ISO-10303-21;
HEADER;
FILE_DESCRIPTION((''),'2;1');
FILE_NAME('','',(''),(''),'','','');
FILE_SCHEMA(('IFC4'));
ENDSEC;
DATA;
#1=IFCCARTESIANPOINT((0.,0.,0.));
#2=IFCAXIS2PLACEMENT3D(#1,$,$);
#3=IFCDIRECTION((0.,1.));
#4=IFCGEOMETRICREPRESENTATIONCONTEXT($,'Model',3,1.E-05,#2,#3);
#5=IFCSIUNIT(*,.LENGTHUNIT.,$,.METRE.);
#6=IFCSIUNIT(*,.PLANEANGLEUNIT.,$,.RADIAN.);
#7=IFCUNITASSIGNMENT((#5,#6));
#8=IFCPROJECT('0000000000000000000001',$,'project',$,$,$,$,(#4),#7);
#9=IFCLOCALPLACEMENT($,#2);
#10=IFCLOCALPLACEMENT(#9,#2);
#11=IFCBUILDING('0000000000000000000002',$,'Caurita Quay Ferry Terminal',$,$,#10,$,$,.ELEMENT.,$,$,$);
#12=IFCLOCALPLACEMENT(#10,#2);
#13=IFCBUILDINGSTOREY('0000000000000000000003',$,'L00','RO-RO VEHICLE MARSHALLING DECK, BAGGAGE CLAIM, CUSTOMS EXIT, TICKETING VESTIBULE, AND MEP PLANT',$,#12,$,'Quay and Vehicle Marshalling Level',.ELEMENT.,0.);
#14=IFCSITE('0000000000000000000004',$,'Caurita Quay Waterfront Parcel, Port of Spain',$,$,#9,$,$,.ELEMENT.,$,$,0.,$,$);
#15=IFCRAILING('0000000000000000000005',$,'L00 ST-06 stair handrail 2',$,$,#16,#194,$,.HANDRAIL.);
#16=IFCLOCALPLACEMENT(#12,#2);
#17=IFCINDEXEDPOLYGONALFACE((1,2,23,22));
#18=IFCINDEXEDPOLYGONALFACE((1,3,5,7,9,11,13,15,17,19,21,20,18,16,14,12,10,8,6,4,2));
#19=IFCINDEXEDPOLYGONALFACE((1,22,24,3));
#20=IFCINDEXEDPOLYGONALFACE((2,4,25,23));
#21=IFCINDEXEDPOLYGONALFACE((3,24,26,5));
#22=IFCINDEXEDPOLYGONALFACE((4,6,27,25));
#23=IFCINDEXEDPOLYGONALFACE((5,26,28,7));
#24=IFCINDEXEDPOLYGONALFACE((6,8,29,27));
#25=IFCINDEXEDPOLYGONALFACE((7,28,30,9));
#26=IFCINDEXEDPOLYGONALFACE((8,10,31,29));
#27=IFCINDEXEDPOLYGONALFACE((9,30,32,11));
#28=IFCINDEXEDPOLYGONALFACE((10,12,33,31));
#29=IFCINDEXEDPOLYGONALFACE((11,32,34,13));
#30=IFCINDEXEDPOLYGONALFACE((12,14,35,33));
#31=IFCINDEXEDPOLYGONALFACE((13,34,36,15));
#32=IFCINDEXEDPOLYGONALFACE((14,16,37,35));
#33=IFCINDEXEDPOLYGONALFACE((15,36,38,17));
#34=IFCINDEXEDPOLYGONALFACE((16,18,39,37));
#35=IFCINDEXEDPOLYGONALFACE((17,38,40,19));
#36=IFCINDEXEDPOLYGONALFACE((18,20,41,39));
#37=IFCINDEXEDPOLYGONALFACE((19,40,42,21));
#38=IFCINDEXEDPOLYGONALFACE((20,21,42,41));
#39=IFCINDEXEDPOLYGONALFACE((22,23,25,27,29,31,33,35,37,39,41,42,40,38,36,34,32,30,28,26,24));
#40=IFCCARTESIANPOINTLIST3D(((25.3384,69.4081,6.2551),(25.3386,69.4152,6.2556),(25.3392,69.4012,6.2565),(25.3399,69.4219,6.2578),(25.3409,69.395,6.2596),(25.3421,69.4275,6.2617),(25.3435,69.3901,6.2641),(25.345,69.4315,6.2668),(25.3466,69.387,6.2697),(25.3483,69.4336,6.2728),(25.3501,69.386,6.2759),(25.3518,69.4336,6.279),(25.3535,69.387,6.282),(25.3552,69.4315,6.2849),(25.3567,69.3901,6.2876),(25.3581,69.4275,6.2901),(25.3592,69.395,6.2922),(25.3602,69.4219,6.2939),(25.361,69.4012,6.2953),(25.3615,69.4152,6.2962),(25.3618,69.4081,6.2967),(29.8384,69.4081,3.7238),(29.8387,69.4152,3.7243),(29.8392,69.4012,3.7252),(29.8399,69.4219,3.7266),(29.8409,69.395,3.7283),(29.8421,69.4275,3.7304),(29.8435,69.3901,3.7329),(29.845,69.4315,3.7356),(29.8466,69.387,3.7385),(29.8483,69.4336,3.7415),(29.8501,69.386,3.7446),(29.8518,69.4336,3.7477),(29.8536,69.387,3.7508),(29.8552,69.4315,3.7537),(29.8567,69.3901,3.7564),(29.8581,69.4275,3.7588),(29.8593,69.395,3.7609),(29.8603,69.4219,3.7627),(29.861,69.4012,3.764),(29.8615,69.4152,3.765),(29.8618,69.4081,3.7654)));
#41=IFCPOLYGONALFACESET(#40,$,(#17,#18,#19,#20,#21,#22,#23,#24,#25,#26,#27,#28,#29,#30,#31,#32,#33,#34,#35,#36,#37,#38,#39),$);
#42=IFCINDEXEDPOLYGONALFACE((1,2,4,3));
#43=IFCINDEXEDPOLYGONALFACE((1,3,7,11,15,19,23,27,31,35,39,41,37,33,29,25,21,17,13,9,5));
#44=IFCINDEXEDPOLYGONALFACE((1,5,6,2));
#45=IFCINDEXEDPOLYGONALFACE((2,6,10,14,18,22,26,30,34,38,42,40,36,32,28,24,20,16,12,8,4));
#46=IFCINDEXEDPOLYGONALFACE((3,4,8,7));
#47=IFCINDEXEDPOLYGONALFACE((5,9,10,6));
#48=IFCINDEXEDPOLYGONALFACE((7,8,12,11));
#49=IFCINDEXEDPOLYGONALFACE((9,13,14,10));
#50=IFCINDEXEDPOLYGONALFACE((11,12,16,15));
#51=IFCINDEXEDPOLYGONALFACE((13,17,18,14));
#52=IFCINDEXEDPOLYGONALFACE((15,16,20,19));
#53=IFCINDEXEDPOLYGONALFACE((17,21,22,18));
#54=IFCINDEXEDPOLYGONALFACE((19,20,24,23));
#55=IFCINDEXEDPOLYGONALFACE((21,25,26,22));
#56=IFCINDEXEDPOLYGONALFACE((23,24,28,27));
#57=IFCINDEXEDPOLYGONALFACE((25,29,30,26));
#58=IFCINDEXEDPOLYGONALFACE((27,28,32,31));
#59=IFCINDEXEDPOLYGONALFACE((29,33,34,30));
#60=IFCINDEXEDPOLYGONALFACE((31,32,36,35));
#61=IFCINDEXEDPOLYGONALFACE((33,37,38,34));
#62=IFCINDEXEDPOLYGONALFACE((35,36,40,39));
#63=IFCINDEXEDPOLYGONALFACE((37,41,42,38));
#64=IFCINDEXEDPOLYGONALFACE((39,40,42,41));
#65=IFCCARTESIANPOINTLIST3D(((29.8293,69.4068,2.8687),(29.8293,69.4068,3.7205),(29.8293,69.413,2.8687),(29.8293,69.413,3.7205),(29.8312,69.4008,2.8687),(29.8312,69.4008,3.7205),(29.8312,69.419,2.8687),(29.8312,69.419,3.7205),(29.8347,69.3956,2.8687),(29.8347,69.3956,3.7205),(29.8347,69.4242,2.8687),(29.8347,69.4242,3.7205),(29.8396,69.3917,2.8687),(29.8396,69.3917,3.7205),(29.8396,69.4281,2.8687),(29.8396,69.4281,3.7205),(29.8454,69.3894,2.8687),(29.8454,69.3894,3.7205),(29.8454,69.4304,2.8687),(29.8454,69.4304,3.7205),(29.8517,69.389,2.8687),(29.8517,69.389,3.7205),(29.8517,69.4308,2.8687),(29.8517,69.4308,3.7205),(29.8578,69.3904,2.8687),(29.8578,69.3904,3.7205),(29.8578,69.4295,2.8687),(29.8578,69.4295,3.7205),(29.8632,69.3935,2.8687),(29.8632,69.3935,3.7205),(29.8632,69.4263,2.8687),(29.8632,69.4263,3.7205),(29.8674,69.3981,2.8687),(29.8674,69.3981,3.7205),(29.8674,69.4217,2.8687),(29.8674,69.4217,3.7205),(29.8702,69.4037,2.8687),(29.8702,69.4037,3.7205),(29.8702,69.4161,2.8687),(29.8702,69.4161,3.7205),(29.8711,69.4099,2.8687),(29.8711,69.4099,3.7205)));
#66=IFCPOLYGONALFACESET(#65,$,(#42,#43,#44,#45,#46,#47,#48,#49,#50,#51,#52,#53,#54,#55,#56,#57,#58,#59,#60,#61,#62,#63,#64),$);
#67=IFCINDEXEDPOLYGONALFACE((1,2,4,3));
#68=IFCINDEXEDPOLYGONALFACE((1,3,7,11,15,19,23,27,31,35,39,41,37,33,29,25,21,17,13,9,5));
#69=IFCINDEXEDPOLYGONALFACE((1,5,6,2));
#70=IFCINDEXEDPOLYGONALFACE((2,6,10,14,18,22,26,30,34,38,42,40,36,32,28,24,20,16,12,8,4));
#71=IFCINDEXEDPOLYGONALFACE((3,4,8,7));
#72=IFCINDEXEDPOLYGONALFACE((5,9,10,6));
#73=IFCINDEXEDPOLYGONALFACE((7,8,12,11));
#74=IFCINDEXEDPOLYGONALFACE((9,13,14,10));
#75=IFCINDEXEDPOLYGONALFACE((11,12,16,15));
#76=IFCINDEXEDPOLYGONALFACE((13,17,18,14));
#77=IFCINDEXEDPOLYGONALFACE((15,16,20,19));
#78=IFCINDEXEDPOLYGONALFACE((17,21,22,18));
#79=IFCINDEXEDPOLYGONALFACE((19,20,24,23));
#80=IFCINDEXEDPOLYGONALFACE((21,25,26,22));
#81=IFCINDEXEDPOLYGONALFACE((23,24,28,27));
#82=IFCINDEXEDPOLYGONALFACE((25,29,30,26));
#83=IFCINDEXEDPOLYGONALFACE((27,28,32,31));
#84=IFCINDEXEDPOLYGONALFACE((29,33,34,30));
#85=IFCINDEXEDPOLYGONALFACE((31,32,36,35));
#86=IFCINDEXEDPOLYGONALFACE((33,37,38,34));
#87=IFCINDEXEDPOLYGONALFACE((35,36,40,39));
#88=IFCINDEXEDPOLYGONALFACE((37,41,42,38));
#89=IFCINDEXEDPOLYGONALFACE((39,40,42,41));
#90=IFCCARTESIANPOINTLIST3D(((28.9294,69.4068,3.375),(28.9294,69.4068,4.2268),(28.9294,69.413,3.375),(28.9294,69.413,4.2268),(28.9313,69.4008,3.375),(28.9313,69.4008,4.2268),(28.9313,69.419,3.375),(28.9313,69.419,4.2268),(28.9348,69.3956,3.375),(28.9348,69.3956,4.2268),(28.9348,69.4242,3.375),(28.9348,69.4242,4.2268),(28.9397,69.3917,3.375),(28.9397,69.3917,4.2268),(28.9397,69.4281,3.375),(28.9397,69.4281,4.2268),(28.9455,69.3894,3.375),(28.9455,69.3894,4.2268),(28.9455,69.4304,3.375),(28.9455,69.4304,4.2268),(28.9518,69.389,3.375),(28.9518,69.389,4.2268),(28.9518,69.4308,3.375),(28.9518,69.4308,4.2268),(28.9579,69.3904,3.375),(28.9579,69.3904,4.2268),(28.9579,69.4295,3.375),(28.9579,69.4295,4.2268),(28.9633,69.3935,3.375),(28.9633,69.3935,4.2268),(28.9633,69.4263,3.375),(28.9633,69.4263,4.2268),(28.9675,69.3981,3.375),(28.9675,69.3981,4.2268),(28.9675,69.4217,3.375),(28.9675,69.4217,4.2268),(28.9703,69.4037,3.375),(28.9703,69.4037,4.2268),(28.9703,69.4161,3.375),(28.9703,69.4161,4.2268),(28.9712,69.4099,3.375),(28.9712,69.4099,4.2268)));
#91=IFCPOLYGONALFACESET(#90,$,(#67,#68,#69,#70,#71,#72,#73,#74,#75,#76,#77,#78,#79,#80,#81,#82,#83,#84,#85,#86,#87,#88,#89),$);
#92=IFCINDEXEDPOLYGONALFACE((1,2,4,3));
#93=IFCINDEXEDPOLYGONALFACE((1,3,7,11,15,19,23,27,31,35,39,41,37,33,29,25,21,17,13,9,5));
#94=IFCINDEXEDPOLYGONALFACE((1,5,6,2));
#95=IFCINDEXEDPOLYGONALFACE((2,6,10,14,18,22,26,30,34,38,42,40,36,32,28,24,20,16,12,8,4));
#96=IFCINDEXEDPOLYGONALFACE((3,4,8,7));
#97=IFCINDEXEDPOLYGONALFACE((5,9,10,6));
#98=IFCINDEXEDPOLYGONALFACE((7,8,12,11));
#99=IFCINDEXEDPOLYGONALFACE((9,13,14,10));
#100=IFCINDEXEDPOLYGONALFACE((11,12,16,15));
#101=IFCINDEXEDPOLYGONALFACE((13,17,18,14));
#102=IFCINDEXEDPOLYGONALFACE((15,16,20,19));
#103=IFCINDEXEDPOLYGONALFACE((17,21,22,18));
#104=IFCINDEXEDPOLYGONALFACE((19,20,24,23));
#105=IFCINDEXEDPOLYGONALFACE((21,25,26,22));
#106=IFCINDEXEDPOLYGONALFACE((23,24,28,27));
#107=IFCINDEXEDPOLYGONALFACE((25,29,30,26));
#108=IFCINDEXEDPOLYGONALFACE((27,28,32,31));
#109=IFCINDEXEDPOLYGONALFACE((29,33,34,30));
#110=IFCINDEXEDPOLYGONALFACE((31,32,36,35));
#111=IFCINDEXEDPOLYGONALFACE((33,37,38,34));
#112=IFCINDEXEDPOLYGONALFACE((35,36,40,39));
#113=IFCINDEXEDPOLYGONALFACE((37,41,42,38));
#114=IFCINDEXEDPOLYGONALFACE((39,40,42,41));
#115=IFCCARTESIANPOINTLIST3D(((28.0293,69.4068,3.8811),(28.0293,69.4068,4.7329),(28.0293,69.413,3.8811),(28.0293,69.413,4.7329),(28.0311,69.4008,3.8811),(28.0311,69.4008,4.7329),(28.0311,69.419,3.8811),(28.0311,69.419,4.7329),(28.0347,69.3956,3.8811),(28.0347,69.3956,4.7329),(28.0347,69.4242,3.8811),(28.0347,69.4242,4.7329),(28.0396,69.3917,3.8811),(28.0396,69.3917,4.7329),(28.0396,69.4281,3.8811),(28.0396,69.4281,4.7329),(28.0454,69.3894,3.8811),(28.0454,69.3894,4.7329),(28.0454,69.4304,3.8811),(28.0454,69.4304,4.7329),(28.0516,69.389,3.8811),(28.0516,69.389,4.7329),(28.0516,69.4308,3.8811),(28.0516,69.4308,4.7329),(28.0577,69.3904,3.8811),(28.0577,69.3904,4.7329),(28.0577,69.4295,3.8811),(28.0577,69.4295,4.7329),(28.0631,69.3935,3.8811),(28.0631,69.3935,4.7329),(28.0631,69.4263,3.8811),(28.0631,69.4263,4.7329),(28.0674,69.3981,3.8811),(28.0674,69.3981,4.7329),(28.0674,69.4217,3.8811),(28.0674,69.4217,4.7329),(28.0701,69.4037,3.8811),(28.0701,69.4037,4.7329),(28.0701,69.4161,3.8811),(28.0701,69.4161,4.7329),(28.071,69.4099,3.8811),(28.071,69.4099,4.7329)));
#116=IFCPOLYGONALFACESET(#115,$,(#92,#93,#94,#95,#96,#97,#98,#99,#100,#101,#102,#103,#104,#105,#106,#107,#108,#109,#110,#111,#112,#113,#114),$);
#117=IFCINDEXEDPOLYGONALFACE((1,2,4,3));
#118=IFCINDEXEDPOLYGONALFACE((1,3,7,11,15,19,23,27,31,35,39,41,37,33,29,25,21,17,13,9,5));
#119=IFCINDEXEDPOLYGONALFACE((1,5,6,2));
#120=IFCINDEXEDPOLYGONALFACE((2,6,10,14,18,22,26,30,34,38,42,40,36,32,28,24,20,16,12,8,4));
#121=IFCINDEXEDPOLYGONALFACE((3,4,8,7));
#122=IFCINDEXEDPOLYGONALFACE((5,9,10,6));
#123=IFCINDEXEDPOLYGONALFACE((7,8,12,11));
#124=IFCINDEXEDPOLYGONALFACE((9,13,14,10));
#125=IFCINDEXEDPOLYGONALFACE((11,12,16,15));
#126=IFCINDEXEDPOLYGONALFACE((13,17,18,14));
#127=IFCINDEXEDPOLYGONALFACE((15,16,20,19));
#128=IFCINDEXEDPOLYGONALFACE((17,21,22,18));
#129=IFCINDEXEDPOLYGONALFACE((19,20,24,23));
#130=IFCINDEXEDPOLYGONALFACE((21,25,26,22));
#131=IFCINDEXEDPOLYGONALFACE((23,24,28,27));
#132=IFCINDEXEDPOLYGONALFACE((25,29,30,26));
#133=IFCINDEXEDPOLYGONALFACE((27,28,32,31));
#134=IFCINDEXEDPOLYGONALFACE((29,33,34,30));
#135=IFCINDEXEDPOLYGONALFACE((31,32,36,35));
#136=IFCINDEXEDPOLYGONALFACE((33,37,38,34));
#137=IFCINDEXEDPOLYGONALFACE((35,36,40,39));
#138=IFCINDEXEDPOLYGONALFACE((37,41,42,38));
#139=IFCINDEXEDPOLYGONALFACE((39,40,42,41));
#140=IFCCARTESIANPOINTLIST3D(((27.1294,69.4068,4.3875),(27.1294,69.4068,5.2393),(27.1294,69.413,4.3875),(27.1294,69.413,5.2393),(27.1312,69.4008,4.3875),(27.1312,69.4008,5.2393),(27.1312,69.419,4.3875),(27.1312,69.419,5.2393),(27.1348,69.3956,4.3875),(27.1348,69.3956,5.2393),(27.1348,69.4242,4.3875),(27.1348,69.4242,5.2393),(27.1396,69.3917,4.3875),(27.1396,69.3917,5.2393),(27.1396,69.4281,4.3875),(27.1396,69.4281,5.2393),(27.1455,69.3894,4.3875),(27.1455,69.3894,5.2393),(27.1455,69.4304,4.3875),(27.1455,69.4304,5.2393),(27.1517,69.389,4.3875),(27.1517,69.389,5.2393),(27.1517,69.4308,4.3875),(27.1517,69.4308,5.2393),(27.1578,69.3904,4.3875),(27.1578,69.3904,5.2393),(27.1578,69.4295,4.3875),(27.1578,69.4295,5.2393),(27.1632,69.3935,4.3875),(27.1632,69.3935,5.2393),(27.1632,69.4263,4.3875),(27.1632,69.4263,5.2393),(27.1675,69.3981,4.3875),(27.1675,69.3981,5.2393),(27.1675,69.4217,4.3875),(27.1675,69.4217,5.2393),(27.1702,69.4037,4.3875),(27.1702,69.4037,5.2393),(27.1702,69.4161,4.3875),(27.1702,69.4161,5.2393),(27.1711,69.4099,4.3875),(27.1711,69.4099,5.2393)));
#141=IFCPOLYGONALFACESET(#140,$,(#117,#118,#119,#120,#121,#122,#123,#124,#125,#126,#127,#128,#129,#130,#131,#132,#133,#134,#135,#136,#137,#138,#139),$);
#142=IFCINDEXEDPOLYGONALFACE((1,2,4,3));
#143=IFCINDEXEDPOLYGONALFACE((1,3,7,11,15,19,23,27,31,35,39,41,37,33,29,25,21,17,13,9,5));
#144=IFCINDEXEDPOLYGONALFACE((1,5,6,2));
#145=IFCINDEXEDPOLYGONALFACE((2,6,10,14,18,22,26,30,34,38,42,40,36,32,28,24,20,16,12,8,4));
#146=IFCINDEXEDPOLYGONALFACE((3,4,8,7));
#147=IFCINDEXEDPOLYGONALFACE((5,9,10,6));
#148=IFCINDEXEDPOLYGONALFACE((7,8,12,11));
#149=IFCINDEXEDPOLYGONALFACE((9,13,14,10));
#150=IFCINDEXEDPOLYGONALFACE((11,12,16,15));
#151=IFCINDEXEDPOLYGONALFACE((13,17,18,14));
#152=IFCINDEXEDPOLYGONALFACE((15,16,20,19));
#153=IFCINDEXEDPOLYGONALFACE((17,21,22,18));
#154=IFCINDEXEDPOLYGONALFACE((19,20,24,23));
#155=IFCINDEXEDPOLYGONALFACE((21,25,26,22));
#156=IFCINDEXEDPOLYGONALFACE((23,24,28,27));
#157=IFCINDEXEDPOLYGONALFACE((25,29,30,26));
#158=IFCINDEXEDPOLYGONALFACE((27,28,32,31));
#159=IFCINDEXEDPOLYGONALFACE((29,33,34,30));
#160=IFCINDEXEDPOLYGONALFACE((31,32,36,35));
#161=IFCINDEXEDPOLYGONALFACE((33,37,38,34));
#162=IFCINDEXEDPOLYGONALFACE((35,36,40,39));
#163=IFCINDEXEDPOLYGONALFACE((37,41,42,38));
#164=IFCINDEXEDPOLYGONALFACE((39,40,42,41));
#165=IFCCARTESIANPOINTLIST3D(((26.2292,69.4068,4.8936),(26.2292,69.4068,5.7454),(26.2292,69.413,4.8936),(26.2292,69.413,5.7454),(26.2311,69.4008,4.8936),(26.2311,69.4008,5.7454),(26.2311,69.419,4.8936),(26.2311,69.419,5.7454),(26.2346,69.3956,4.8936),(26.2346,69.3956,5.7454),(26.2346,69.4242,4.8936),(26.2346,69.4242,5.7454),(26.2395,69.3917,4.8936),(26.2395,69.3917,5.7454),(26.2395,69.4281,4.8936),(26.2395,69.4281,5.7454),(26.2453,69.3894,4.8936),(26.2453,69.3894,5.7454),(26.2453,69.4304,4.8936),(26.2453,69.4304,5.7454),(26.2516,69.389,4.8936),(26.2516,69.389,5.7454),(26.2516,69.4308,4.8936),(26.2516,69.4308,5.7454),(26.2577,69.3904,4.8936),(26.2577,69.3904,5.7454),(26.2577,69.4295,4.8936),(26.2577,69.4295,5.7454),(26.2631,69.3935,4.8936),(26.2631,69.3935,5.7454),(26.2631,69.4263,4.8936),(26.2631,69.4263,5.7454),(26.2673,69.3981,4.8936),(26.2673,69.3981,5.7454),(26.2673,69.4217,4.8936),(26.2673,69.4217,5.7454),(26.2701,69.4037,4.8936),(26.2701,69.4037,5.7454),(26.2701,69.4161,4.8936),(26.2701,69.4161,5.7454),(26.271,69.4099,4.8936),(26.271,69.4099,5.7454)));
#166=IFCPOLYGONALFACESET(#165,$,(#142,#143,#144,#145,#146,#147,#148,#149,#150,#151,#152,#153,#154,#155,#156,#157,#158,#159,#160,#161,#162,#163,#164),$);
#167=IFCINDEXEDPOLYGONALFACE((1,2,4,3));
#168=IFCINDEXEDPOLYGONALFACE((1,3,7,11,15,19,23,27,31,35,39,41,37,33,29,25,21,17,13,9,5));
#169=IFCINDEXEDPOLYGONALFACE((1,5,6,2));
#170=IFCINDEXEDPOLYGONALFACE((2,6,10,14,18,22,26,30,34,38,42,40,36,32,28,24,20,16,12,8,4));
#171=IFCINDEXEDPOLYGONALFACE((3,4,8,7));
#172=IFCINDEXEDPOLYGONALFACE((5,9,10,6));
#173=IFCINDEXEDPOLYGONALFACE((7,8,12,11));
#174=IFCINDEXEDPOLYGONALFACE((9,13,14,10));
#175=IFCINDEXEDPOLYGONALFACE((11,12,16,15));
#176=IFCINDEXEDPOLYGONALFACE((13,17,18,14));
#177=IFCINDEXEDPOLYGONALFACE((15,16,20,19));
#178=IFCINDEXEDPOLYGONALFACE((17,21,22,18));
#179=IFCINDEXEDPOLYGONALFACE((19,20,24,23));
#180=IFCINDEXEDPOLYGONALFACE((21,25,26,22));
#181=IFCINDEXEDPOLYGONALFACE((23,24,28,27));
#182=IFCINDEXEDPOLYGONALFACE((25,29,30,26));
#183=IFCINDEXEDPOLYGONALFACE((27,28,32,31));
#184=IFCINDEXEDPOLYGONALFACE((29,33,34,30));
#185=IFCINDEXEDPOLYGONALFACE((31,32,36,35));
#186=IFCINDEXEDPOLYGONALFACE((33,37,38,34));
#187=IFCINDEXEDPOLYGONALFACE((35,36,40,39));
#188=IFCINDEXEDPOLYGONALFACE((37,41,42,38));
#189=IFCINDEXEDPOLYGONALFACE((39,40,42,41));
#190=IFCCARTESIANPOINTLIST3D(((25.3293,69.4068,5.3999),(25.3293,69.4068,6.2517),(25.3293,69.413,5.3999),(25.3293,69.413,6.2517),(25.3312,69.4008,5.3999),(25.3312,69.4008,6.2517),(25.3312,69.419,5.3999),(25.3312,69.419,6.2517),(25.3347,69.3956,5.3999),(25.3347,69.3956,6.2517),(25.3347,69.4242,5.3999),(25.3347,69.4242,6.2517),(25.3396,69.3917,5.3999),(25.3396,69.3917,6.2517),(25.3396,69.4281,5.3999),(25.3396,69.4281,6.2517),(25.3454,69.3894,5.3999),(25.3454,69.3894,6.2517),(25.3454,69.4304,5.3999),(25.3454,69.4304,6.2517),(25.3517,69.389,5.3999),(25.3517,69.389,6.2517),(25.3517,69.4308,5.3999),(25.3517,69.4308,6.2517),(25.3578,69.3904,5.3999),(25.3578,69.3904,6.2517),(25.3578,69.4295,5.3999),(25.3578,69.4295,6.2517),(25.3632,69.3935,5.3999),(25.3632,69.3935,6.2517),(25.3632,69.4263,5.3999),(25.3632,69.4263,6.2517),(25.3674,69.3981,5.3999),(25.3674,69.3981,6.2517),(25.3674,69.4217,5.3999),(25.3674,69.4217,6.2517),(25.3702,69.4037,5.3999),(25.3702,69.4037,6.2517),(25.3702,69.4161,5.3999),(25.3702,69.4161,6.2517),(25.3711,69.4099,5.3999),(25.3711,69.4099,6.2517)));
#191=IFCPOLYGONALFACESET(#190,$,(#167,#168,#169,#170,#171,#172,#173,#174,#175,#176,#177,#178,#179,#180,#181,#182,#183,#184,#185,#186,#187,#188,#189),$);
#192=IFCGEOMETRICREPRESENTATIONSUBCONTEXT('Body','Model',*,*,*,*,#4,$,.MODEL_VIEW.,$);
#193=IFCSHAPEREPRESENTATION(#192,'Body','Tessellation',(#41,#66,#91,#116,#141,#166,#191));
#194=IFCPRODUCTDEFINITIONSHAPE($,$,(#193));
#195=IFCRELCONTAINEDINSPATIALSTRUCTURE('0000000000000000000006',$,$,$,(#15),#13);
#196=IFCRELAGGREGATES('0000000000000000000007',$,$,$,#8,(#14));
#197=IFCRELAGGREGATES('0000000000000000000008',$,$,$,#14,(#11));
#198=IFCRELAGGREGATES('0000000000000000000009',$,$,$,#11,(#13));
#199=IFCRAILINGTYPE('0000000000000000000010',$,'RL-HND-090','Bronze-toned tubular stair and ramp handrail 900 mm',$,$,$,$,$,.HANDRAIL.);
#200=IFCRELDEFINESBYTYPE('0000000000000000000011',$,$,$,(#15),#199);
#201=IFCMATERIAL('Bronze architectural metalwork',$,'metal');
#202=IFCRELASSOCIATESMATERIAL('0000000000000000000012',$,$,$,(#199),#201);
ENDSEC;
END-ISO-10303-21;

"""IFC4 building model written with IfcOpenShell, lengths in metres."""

from ifc_helpers import new_model, si_unit, direction, frame, origin, origin_2d, place, context, subcontext, project, spatial, circle, extrude, material, type_object, element, save


model = new_model("IFC4")

# Units and contexts
model_context = context("Model", 3, precision=1e-05, world=origin(), true_north=direction((0.0, 1.0)))
body_context = subcontext(model_context, "Body", "Model", "MODEL_VIEW")
ifc_project = project(units=[si_unit("LENGTHUNIT", "METRE"), si_unit("PLANEANGLEUNIT", "RADIAN")], contexts=[model_context])

# Site, building, storey
site_placement = place(None, origin())
site = spatial("IfcSite", under=ifc_project, at=site_placement, Name="Caurita Quay Waterfront Parcel, Port of Spain", CompositionType="ELEMENT", RefElevation=0.0)
building_placement = place(site_placement, origin())
building = spatial("IfcBuilding", under=site, at=building_placement, Name="Caurita Quay Ferry Terminal", CompositionType="ELEMENT")
storey_placement = place(building_placement, origin())
storey = spatial("IfcBuildingStorey", under=building, at=storey_placement, Name="L00", Description="RO-RO VEHICLE MARSHALLING DECK, BAGGAGE CLAIM, CUSTOMS EXIT, TICKETING VESTIBULE, AND MEP PLANT", LongName="Quay and Vehicle Marshalling Level", CompositionType="ELEMENT", Elevation=0.0)

# Railing
ifc_material_1 = material(Name="Bronze architectural metalwork", Category="metal")
railing_type_1 = type_object("IfcRailingType", Name="RL-HND-090", Description="Bronze-toned tubular stair and ramp handrail 900 mm", PredefinedType="HANDRAIL", material=ifc_material_1)
railing_1_placement = place(storey_placement, frame((29.8501, 69.4099, 2.8687)))
element("IfcRailing", 1, at=railing_1_placement, inside=storey, type_object=railing_type_1, Name="L00 ST-06 stair handrail 2", PredefinedType="HANDRAIL", context=body_context, shape_type="SweptSolid", body=[
    extrude(circle(Radius=0.0239, at=origin_2d()), frame((0.0, 0.0, 0.876), z_axis=(-0.871576, 0.0, 0.490261), x_axis=(0.0, -1.0, 0.0)), (0.0, 0.0, 1.0), 5.1631),
    extrude(circle(Radius=0.021, at=origin_2d()), origin(), (0.0, 0.0, 1.0), 0.8518),
    extrude(circle(Radius=0.021, at=origin_2d()), frame((-0.8999, 0.0, 0.5063)), (0.0, 0.0, 1.0), 0.8518),
    extrude(circle(Radius=0.021, at=origin_2d()), frame((-1.8, 0.0, 1.0125)), (0.0, 0.0, 1.0), 0.8518),
    extrude(circle(Radius=0.021, at=origin_2d()), frame((-2.7, 0.0, 1.5188)), (0.0, 0.0, 1.0), 0.8518),
    extrude(circle(Radius=0.021, at=origin_2d()), frame((-3.6001, 0.0, 2.0249)), (0.0, 0.0, 1.0), 0.8518),
    extrude(circle(Radius=0.021, at=origin_2d()), frame((-4.5, 0.0, 2.5312)), (0.0, 0.0, 1.0), 0.8518),
])

save(model, "model.ifc")
